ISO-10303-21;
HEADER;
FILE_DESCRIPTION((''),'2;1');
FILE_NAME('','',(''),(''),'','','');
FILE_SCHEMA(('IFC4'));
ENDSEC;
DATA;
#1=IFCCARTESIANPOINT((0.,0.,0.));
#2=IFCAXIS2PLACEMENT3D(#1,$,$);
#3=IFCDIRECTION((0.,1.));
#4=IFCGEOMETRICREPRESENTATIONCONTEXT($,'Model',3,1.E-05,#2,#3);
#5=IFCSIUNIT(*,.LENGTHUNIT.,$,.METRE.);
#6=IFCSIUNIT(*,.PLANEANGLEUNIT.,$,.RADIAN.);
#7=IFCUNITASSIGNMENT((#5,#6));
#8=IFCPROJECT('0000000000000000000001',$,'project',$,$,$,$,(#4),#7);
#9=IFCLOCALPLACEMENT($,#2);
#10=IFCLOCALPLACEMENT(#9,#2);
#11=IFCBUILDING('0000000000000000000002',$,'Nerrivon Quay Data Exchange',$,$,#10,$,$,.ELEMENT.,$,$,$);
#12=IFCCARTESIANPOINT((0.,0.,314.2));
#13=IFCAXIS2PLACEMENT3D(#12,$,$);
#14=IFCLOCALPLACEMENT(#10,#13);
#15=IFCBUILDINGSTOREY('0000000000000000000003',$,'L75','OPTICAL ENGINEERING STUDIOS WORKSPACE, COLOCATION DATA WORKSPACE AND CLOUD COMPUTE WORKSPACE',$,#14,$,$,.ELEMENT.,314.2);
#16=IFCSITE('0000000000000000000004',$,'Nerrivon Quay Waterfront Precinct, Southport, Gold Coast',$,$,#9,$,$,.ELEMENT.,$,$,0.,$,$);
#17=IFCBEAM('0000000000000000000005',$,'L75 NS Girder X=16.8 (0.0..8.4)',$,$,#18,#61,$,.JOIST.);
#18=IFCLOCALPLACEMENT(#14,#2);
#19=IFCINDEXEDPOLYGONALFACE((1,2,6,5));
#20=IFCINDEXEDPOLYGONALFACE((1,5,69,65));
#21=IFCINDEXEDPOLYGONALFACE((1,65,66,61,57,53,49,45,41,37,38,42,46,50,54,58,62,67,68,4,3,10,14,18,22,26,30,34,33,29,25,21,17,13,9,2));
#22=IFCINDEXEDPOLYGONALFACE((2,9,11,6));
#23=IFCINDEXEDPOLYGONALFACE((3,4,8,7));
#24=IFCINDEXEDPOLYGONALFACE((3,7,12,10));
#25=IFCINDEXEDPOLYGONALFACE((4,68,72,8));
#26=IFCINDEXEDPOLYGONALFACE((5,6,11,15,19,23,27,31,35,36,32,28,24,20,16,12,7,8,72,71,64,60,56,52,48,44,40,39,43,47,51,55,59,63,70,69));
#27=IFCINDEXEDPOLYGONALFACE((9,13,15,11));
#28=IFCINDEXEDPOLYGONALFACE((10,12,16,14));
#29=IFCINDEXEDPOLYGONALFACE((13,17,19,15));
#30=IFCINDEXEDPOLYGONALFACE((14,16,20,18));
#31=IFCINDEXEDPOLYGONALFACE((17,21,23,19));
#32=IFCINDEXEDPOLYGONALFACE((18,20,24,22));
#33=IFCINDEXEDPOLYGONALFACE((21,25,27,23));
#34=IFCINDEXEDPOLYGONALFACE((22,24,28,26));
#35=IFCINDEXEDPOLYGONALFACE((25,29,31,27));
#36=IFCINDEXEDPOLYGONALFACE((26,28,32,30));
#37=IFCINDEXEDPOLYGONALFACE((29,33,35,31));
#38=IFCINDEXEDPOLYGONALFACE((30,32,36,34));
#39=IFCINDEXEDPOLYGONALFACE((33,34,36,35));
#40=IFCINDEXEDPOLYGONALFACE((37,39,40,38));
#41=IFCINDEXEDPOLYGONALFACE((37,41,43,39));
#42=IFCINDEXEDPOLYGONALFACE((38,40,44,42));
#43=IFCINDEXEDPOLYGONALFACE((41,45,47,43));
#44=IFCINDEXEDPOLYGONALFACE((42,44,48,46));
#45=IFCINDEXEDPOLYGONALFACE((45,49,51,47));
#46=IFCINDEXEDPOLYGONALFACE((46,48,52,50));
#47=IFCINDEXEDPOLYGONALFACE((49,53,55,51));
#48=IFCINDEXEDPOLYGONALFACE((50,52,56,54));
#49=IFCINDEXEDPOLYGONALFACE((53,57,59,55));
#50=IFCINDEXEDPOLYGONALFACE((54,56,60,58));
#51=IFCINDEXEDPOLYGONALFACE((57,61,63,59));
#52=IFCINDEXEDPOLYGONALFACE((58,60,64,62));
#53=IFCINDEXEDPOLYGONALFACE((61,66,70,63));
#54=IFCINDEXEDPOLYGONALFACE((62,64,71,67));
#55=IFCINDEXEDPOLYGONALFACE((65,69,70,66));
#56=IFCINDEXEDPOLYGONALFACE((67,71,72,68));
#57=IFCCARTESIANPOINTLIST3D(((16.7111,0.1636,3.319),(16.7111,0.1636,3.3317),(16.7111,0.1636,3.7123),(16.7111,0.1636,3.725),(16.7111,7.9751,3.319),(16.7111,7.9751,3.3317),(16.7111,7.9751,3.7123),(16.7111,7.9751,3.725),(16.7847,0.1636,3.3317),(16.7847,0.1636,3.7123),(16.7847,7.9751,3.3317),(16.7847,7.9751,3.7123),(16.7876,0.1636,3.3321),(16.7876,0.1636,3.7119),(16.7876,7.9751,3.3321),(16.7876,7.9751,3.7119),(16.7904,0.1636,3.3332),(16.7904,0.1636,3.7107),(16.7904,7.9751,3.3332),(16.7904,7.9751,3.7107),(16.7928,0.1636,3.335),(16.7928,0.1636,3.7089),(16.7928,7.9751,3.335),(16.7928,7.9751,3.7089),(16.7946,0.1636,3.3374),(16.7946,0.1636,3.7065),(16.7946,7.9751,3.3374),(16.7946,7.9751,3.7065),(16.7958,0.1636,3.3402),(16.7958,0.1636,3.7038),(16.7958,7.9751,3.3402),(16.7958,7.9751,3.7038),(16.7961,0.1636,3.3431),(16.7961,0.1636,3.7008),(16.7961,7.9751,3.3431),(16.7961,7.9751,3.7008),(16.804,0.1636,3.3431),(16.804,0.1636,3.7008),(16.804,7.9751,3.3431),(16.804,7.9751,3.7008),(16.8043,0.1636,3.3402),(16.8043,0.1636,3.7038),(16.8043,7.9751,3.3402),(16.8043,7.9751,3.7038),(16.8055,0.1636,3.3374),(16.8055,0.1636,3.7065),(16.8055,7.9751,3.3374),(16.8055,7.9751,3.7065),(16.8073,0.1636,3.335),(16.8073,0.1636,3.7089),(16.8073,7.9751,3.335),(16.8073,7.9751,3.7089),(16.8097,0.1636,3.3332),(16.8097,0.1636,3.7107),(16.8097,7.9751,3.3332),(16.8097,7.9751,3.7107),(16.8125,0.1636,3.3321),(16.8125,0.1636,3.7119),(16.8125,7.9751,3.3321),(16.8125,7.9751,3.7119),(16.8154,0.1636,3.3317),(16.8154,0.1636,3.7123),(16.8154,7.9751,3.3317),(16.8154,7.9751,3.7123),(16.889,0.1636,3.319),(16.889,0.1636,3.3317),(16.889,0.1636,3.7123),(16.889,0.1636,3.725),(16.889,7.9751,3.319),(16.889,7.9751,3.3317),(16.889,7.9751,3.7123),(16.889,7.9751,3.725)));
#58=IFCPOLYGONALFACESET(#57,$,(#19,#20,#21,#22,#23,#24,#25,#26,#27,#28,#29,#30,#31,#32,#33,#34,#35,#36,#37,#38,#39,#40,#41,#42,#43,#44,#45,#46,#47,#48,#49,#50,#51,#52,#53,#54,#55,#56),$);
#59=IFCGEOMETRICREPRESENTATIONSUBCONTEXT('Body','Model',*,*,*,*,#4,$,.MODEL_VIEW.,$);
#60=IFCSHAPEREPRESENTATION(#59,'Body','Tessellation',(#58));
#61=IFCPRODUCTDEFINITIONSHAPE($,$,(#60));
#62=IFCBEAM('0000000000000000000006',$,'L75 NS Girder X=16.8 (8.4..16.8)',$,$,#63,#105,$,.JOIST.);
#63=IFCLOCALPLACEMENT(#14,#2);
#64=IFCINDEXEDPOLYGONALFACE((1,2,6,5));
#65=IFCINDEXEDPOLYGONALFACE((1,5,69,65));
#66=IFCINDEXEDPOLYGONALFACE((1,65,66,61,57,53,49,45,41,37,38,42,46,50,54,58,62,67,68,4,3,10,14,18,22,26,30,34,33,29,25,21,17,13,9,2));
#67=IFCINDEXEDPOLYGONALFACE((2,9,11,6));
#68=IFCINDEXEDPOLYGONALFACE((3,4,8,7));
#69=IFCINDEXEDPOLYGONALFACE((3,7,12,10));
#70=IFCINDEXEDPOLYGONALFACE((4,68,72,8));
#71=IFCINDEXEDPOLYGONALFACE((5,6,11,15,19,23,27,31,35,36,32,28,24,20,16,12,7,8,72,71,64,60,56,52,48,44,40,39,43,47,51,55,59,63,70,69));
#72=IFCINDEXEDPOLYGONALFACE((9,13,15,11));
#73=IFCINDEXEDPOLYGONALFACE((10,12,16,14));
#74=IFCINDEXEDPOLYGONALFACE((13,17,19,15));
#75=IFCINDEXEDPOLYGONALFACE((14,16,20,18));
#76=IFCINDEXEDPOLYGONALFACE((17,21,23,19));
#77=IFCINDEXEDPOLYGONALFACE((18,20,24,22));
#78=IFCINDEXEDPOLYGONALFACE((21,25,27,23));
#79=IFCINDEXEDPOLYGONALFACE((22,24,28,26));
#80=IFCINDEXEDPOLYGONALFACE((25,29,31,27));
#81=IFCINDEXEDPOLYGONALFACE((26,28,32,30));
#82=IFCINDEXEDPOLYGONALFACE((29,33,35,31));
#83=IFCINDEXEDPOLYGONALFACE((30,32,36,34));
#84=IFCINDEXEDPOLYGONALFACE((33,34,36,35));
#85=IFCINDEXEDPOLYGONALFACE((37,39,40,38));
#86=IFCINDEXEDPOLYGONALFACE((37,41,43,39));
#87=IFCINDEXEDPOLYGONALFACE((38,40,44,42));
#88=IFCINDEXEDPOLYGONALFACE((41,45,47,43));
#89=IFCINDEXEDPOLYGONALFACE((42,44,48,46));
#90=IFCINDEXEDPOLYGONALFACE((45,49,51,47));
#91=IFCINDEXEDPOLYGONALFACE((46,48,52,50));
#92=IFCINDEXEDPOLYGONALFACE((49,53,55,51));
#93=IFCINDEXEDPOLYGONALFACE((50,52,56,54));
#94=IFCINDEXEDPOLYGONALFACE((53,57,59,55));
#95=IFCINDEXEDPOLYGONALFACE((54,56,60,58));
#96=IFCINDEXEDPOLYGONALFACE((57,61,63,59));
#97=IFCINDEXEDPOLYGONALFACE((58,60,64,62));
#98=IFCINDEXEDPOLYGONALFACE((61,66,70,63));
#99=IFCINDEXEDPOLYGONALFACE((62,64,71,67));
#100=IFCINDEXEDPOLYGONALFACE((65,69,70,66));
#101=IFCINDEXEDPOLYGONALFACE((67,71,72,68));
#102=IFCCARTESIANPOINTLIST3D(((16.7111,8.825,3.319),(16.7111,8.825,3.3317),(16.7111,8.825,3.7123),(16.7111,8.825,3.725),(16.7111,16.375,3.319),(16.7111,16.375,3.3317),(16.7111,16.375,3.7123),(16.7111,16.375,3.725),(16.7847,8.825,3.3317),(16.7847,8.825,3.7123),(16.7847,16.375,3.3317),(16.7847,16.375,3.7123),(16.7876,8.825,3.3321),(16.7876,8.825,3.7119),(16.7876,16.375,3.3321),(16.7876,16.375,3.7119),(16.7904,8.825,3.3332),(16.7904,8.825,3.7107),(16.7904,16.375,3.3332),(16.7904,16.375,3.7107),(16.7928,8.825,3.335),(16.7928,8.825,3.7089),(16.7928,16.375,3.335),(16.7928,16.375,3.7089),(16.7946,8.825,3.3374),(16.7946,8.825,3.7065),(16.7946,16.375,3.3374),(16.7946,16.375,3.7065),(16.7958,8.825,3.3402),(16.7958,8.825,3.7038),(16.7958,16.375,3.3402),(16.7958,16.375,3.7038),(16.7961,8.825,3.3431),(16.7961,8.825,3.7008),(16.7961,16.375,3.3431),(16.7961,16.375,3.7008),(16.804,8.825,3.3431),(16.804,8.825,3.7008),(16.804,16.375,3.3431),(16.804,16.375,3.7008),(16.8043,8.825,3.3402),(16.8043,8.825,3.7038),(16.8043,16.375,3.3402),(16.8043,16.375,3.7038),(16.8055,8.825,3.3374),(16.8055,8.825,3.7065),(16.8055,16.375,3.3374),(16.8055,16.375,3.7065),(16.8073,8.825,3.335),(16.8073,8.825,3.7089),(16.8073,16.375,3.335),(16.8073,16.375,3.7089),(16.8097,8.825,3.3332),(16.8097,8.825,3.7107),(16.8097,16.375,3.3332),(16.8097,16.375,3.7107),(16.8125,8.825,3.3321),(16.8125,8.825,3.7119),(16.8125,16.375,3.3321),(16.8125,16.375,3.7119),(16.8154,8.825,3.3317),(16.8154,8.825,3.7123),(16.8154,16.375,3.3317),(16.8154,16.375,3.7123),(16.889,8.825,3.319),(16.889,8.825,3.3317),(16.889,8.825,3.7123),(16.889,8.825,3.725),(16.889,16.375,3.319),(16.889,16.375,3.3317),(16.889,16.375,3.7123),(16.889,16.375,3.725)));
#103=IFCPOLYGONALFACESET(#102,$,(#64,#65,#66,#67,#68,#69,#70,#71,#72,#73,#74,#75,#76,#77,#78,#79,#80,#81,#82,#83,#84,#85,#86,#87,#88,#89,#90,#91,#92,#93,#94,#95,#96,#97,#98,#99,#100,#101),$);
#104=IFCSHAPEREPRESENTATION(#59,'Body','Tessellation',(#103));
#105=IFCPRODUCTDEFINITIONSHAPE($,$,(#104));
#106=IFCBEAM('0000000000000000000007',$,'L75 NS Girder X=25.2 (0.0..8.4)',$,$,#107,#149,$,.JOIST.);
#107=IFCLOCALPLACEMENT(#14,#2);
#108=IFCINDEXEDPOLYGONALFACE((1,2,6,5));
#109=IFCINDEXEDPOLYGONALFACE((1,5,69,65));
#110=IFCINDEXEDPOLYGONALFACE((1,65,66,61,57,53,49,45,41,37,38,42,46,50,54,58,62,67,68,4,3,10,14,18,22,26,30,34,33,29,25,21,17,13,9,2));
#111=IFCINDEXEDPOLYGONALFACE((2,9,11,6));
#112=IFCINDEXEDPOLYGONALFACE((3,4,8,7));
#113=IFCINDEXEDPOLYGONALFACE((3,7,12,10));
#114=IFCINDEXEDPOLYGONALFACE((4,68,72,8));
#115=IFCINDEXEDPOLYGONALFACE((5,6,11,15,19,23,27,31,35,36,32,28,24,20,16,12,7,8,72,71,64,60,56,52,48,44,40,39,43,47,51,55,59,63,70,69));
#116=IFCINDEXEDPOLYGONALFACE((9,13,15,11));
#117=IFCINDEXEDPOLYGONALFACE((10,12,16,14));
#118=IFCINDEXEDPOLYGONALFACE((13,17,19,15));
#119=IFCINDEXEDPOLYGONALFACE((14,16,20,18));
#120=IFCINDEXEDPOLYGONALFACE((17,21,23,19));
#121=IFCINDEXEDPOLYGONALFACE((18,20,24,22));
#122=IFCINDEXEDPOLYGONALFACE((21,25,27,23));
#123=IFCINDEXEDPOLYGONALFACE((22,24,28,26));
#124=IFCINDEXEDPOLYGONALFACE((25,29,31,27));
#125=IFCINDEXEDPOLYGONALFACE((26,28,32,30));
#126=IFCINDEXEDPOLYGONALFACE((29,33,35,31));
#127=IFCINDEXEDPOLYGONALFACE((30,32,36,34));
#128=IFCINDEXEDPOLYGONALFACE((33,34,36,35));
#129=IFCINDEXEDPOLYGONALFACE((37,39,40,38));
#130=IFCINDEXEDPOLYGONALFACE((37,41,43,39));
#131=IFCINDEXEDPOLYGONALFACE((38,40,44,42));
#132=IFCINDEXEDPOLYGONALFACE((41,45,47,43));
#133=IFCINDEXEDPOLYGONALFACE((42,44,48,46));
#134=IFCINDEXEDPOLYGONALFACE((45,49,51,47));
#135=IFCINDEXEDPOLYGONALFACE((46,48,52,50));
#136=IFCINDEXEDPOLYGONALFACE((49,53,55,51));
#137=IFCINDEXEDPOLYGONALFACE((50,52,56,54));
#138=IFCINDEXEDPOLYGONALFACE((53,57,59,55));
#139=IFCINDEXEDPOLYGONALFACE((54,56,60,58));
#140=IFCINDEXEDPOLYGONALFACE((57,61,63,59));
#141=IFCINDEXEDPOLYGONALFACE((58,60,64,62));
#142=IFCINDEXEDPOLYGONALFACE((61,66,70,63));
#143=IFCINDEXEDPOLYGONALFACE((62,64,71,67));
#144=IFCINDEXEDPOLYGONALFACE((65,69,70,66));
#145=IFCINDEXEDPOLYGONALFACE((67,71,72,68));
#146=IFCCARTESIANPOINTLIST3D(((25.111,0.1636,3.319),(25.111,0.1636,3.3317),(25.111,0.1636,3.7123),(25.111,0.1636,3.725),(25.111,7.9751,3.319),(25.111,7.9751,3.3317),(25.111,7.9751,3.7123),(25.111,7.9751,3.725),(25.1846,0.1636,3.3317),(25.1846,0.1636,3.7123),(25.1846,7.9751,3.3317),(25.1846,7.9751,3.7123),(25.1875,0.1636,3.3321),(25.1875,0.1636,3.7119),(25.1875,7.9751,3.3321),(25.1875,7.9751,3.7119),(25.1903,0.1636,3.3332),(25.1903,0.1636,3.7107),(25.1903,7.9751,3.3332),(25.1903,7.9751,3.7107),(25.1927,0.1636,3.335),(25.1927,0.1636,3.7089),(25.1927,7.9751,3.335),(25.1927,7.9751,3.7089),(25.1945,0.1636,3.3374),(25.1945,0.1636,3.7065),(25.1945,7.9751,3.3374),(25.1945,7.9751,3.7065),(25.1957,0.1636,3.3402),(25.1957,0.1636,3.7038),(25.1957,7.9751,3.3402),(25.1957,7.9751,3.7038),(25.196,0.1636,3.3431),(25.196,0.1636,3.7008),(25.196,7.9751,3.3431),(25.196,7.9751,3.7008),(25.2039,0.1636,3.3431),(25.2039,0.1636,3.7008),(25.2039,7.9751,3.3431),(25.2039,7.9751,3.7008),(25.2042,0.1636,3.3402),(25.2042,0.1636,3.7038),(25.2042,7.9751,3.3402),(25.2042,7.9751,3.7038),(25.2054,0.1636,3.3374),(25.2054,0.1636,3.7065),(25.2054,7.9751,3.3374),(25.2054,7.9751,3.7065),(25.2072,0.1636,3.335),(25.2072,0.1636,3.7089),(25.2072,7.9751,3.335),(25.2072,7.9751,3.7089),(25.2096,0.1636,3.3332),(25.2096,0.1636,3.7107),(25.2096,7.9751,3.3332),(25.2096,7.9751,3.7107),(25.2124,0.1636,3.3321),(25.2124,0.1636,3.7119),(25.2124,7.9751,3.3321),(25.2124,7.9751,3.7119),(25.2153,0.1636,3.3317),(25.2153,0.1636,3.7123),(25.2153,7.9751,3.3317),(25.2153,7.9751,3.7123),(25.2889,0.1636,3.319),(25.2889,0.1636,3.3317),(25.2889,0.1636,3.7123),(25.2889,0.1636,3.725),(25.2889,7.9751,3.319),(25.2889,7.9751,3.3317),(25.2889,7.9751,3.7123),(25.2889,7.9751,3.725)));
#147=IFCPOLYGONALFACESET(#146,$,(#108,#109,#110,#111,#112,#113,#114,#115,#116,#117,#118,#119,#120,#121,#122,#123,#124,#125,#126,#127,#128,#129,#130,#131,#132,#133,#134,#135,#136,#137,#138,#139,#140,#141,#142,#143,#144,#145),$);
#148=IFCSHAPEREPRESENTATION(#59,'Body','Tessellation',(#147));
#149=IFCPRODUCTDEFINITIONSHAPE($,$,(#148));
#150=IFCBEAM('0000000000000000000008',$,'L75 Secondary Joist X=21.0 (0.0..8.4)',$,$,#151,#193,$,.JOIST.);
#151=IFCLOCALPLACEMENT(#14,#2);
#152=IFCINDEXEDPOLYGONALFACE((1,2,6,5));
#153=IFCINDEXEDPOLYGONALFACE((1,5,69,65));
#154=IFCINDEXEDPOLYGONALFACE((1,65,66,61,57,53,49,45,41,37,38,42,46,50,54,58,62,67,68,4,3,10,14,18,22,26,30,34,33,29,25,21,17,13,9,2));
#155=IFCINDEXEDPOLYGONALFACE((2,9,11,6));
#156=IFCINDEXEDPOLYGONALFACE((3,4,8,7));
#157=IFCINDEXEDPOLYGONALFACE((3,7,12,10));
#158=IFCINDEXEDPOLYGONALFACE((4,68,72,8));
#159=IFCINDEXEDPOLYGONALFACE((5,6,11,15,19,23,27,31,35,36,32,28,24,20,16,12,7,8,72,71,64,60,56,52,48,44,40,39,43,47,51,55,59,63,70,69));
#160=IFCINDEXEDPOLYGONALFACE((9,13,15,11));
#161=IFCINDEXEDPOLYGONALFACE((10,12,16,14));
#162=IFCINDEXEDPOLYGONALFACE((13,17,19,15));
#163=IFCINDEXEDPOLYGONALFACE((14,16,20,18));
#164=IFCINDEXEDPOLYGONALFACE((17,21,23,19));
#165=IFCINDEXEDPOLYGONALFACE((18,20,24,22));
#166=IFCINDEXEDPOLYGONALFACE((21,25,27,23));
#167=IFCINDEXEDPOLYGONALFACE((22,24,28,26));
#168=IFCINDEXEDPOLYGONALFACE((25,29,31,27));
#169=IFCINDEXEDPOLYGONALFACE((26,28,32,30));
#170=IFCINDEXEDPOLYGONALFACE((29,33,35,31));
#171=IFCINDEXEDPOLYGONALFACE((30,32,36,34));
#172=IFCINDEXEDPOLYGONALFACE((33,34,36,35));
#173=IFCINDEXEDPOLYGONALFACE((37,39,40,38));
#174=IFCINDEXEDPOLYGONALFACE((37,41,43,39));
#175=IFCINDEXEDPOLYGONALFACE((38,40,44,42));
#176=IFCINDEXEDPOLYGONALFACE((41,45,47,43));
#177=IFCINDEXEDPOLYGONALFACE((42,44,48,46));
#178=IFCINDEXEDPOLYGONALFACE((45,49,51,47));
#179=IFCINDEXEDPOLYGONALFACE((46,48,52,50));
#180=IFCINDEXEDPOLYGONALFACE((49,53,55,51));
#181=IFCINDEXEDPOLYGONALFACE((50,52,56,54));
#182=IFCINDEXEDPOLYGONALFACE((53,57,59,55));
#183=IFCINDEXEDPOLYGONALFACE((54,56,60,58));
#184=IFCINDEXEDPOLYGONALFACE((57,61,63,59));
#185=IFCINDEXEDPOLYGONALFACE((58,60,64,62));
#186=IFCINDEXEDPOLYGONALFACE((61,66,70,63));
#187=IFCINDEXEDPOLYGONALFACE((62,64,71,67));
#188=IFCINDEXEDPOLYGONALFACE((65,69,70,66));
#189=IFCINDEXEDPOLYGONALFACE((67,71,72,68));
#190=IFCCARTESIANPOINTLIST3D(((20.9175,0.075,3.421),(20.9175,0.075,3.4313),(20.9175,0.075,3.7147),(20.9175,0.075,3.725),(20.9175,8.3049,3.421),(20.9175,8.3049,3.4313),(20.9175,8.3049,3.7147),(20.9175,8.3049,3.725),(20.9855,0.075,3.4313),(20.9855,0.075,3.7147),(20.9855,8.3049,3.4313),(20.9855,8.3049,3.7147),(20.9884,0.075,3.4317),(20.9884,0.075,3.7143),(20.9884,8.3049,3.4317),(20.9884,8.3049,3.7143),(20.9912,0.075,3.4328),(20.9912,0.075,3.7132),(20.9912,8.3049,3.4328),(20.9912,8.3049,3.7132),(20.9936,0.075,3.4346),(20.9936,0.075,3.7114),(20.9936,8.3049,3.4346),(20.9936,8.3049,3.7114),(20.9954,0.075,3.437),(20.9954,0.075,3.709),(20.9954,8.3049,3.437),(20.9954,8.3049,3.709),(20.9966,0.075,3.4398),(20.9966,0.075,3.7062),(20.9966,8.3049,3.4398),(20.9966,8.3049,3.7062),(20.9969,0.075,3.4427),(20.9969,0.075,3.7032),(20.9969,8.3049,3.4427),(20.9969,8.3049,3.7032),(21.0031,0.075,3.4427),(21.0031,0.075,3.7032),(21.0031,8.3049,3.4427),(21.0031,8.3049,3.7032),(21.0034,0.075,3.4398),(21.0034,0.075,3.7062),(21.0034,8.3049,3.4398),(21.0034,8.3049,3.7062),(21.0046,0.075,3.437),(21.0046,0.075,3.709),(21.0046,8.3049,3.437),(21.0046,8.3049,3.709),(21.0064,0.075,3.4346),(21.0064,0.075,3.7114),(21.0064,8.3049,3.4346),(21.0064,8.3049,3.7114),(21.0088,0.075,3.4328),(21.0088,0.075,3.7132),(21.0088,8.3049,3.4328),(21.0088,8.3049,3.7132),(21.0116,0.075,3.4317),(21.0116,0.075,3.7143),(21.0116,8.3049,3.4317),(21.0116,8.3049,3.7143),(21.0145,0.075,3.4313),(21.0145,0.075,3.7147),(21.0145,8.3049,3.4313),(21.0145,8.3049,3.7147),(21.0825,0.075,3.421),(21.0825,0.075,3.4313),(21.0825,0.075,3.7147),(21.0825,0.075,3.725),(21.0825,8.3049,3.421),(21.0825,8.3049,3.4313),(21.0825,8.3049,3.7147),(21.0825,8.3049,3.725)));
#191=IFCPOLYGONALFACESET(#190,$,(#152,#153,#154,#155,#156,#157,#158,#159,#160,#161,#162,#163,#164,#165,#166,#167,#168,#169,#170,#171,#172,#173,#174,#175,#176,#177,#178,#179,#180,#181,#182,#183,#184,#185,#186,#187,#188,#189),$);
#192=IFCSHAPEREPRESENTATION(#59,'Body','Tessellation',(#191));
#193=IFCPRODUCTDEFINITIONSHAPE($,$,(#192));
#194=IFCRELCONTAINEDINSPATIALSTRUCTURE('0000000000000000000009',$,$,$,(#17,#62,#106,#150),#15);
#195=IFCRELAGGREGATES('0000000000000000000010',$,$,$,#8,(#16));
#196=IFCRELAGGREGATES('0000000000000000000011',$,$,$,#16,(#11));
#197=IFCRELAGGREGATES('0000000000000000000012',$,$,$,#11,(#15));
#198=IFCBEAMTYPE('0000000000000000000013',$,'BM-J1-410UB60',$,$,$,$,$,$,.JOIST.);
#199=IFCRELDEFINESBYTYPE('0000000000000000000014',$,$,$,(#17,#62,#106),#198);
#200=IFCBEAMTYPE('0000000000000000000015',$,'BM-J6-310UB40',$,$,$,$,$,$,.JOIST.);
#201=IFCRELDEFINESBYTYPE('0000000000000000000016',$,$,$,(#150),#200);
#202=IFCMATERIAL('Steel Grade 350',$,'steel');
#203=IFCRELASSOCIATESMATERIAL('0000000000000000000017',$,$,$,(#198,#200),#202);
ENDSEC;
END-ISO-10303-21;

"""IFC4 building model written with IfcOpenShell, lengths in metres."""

from ifc_helpers import new_model, si_unit, direction, frame, origin, origin_2d, place, context, subcontext, project, spatial, i_section, extrude, material, material_profile, profile_set, type_object, element, save


model = new_model("IFC4")

# Units and contexts
model_context = context("Model", 3, precision=1e-05, world=origin(), true_north=direction((0.0, 1.0)))
body_context = subcontext(model_context, "Body", "Model", "MODEL_VIEW")
ifc_project = project(units=[si_unit("LENGTHUNIT", "METRE"), si_unit("PLANEANGLEUNIT", "RADIAN")], contexts=[model_context])

# Site, building, storey
site_placement = place(None, origin())
site = spatial("IfcSite", under=ifc_project, at=site_placement, Name="Nerrivon Quay Waterfront Precinct, Southport, Gold Coast", CompositionType="ELEMENT", RefElevation=0.0)
building_placement = place(site_placement, origin())
building = spatial("IfcBuilding", under=site, at=building_placement, Name="Nerrivon Quay Data Exchange", CompositionType="ELEMENT")
storey_placement = place(building_placement, frame((0.0, 0.0, 314.2)))
storey = spatial("IfcBuildingStorey", under=building, at=storey_placement, Name="L75", Description="OPTICAL ENGINEERING STUDIOS WORKSPACE, COLOCATION DATA WORKSPACE AND CLOUD COMPUTE WORKSPACE", CompositionType="ELEMENT", Elevation=314.2)

# Shared definitions
ifc_material_1 = material(Name="Steel Grade 350", Category="steel")

# Beams
ifc_material_profile_1 = material_profile(ifc_material_1, i_section(OverallWidth=0.178, OverallDepth=0.406, WebThickness=0.0078, FlangeThickness=0.0127, FilletRadius=0.0115, at=origin_2d()), Name="410UB59.7")
ifc_profile_set_1 = profile_set([ifc_material_profile_1], Name="Steel Grade 350")
beam_type_1 = type_object("IfcBeamType", Name="BM-J1-410UB60", PredefinedType="JOIST", material=ifc_profile_set_1)
beam_1_placement = place(storey_placement, frame((16.8, 0.1636, 3.522), z_axis=(0.0, 1.0, 0.0), x_axis=(-1.0, 0.0, 0.0)))
element("IfcBeam", 1, at=beam_1_placement, inside=storey, type_object=beam_type_1, Name="L75 NS Girder X=16.8 (0.0..8.4)", PredefinedType="JOIST", context=body_context, shape_type="SweptSolid", body=[
    extrude(i_section(OverallWidth=0.178, OverallDepth=0.406, WebThickness=0.0078, FlangeThickness=0.0127, FilletRadius=0.0115, at=origin_2d()), origin(), (0.0, 0.0, 1.0), 7.8115),
])
beam_2_placement = place(storey_placement, frame((16.8, 8.825, 3.522), z_axis=(0.0, 1.0, 0.0), x_axis=(-1.0, 0.0, 0.0)))
element("IfcBeam", 2, at=beam_2_placement, inside=storey, type_object=beam_type_1, Name="L75 NS Girder X=16.8 (8.4..16.8)", PredefinedType="JOIST", context=body_context, shape_type="SweptSolid", body=[
    extrude(i_section(OverallWidth=0.178, OverallDepth=0.406, WebThickness=0.0078, FlangeThickness=0.0127, FilletRadius=0.0115, at=origin_2d()), origin(), (0.0, 0.0, 1.0), 7.55),
])
beam_3_placement = place(storey_placement, frame((25.2, 0.1636, 3.522), z_axis=(0.0, 1.0, 0.0), x_axis=(-1.0, 0.0, 0.0)))
element("IfcBeam", 3, at=beam_3_placement, inside=storey, type_object=beam_type_1, Name="L75 NS Girder X=25.2 (0.0..8.4)", PredefinedType="JOIST", context=body_context, shape_type="SweptSolid", body=[
    extrude(i_section(OverallWidth=0.178, OverallDepth=0.406, WebThickness=0.0078, FlangeThickness=0.0127, FilletRadius=0.0115, at=origin_2d()), origin(), (0.0, 0.0, 1.0), 7.8115),
])
ifc_material_profile_2 = material_profile(ifc_material_1, i_section(OverallWidth=0.165, OverallDepth=0.304, WebThickness=0.0061, FlangeThickness=0.0103, FilletRadius=0.0115, at=origin_2d()), Name="310UB40.4")
ifc_profile_set_2 = profile_set([ifc_material_profile_2], Name="Steel Grade 350")
beam_type_2 = type_object("IfcBeamType", Name="BM-J6-310UB40", PredefinedType="JOIST", material=ifc_profile_set_2)
beam_4_placement = place(storey_placement, frame((21.0, 0.075, 3.573), z_axis=(0.0, 1.0, 0.0), x_axis=(-1.0, 0.0, 0.0)))
element("IfcBeam", 4, at=beam_4_placement, inside=storey, type_object=beam_type_2, Name="L75 Secondary Joist X=21.0 (0.0..8.4)", PredefinedType="JOIST", context=body_context, shape_type="SweptSolid", body=[
    extrude(i_section(OverallWidth=0.165, OverallDepth=0.304, WebThickness=0.0061, FlangeThickness=0.0103, FilletRadius=0.0115, at=origin_2d()), origin(), (0.0, 0.0, 1.0), 8.23),
])

save(model, "model.ifc")
